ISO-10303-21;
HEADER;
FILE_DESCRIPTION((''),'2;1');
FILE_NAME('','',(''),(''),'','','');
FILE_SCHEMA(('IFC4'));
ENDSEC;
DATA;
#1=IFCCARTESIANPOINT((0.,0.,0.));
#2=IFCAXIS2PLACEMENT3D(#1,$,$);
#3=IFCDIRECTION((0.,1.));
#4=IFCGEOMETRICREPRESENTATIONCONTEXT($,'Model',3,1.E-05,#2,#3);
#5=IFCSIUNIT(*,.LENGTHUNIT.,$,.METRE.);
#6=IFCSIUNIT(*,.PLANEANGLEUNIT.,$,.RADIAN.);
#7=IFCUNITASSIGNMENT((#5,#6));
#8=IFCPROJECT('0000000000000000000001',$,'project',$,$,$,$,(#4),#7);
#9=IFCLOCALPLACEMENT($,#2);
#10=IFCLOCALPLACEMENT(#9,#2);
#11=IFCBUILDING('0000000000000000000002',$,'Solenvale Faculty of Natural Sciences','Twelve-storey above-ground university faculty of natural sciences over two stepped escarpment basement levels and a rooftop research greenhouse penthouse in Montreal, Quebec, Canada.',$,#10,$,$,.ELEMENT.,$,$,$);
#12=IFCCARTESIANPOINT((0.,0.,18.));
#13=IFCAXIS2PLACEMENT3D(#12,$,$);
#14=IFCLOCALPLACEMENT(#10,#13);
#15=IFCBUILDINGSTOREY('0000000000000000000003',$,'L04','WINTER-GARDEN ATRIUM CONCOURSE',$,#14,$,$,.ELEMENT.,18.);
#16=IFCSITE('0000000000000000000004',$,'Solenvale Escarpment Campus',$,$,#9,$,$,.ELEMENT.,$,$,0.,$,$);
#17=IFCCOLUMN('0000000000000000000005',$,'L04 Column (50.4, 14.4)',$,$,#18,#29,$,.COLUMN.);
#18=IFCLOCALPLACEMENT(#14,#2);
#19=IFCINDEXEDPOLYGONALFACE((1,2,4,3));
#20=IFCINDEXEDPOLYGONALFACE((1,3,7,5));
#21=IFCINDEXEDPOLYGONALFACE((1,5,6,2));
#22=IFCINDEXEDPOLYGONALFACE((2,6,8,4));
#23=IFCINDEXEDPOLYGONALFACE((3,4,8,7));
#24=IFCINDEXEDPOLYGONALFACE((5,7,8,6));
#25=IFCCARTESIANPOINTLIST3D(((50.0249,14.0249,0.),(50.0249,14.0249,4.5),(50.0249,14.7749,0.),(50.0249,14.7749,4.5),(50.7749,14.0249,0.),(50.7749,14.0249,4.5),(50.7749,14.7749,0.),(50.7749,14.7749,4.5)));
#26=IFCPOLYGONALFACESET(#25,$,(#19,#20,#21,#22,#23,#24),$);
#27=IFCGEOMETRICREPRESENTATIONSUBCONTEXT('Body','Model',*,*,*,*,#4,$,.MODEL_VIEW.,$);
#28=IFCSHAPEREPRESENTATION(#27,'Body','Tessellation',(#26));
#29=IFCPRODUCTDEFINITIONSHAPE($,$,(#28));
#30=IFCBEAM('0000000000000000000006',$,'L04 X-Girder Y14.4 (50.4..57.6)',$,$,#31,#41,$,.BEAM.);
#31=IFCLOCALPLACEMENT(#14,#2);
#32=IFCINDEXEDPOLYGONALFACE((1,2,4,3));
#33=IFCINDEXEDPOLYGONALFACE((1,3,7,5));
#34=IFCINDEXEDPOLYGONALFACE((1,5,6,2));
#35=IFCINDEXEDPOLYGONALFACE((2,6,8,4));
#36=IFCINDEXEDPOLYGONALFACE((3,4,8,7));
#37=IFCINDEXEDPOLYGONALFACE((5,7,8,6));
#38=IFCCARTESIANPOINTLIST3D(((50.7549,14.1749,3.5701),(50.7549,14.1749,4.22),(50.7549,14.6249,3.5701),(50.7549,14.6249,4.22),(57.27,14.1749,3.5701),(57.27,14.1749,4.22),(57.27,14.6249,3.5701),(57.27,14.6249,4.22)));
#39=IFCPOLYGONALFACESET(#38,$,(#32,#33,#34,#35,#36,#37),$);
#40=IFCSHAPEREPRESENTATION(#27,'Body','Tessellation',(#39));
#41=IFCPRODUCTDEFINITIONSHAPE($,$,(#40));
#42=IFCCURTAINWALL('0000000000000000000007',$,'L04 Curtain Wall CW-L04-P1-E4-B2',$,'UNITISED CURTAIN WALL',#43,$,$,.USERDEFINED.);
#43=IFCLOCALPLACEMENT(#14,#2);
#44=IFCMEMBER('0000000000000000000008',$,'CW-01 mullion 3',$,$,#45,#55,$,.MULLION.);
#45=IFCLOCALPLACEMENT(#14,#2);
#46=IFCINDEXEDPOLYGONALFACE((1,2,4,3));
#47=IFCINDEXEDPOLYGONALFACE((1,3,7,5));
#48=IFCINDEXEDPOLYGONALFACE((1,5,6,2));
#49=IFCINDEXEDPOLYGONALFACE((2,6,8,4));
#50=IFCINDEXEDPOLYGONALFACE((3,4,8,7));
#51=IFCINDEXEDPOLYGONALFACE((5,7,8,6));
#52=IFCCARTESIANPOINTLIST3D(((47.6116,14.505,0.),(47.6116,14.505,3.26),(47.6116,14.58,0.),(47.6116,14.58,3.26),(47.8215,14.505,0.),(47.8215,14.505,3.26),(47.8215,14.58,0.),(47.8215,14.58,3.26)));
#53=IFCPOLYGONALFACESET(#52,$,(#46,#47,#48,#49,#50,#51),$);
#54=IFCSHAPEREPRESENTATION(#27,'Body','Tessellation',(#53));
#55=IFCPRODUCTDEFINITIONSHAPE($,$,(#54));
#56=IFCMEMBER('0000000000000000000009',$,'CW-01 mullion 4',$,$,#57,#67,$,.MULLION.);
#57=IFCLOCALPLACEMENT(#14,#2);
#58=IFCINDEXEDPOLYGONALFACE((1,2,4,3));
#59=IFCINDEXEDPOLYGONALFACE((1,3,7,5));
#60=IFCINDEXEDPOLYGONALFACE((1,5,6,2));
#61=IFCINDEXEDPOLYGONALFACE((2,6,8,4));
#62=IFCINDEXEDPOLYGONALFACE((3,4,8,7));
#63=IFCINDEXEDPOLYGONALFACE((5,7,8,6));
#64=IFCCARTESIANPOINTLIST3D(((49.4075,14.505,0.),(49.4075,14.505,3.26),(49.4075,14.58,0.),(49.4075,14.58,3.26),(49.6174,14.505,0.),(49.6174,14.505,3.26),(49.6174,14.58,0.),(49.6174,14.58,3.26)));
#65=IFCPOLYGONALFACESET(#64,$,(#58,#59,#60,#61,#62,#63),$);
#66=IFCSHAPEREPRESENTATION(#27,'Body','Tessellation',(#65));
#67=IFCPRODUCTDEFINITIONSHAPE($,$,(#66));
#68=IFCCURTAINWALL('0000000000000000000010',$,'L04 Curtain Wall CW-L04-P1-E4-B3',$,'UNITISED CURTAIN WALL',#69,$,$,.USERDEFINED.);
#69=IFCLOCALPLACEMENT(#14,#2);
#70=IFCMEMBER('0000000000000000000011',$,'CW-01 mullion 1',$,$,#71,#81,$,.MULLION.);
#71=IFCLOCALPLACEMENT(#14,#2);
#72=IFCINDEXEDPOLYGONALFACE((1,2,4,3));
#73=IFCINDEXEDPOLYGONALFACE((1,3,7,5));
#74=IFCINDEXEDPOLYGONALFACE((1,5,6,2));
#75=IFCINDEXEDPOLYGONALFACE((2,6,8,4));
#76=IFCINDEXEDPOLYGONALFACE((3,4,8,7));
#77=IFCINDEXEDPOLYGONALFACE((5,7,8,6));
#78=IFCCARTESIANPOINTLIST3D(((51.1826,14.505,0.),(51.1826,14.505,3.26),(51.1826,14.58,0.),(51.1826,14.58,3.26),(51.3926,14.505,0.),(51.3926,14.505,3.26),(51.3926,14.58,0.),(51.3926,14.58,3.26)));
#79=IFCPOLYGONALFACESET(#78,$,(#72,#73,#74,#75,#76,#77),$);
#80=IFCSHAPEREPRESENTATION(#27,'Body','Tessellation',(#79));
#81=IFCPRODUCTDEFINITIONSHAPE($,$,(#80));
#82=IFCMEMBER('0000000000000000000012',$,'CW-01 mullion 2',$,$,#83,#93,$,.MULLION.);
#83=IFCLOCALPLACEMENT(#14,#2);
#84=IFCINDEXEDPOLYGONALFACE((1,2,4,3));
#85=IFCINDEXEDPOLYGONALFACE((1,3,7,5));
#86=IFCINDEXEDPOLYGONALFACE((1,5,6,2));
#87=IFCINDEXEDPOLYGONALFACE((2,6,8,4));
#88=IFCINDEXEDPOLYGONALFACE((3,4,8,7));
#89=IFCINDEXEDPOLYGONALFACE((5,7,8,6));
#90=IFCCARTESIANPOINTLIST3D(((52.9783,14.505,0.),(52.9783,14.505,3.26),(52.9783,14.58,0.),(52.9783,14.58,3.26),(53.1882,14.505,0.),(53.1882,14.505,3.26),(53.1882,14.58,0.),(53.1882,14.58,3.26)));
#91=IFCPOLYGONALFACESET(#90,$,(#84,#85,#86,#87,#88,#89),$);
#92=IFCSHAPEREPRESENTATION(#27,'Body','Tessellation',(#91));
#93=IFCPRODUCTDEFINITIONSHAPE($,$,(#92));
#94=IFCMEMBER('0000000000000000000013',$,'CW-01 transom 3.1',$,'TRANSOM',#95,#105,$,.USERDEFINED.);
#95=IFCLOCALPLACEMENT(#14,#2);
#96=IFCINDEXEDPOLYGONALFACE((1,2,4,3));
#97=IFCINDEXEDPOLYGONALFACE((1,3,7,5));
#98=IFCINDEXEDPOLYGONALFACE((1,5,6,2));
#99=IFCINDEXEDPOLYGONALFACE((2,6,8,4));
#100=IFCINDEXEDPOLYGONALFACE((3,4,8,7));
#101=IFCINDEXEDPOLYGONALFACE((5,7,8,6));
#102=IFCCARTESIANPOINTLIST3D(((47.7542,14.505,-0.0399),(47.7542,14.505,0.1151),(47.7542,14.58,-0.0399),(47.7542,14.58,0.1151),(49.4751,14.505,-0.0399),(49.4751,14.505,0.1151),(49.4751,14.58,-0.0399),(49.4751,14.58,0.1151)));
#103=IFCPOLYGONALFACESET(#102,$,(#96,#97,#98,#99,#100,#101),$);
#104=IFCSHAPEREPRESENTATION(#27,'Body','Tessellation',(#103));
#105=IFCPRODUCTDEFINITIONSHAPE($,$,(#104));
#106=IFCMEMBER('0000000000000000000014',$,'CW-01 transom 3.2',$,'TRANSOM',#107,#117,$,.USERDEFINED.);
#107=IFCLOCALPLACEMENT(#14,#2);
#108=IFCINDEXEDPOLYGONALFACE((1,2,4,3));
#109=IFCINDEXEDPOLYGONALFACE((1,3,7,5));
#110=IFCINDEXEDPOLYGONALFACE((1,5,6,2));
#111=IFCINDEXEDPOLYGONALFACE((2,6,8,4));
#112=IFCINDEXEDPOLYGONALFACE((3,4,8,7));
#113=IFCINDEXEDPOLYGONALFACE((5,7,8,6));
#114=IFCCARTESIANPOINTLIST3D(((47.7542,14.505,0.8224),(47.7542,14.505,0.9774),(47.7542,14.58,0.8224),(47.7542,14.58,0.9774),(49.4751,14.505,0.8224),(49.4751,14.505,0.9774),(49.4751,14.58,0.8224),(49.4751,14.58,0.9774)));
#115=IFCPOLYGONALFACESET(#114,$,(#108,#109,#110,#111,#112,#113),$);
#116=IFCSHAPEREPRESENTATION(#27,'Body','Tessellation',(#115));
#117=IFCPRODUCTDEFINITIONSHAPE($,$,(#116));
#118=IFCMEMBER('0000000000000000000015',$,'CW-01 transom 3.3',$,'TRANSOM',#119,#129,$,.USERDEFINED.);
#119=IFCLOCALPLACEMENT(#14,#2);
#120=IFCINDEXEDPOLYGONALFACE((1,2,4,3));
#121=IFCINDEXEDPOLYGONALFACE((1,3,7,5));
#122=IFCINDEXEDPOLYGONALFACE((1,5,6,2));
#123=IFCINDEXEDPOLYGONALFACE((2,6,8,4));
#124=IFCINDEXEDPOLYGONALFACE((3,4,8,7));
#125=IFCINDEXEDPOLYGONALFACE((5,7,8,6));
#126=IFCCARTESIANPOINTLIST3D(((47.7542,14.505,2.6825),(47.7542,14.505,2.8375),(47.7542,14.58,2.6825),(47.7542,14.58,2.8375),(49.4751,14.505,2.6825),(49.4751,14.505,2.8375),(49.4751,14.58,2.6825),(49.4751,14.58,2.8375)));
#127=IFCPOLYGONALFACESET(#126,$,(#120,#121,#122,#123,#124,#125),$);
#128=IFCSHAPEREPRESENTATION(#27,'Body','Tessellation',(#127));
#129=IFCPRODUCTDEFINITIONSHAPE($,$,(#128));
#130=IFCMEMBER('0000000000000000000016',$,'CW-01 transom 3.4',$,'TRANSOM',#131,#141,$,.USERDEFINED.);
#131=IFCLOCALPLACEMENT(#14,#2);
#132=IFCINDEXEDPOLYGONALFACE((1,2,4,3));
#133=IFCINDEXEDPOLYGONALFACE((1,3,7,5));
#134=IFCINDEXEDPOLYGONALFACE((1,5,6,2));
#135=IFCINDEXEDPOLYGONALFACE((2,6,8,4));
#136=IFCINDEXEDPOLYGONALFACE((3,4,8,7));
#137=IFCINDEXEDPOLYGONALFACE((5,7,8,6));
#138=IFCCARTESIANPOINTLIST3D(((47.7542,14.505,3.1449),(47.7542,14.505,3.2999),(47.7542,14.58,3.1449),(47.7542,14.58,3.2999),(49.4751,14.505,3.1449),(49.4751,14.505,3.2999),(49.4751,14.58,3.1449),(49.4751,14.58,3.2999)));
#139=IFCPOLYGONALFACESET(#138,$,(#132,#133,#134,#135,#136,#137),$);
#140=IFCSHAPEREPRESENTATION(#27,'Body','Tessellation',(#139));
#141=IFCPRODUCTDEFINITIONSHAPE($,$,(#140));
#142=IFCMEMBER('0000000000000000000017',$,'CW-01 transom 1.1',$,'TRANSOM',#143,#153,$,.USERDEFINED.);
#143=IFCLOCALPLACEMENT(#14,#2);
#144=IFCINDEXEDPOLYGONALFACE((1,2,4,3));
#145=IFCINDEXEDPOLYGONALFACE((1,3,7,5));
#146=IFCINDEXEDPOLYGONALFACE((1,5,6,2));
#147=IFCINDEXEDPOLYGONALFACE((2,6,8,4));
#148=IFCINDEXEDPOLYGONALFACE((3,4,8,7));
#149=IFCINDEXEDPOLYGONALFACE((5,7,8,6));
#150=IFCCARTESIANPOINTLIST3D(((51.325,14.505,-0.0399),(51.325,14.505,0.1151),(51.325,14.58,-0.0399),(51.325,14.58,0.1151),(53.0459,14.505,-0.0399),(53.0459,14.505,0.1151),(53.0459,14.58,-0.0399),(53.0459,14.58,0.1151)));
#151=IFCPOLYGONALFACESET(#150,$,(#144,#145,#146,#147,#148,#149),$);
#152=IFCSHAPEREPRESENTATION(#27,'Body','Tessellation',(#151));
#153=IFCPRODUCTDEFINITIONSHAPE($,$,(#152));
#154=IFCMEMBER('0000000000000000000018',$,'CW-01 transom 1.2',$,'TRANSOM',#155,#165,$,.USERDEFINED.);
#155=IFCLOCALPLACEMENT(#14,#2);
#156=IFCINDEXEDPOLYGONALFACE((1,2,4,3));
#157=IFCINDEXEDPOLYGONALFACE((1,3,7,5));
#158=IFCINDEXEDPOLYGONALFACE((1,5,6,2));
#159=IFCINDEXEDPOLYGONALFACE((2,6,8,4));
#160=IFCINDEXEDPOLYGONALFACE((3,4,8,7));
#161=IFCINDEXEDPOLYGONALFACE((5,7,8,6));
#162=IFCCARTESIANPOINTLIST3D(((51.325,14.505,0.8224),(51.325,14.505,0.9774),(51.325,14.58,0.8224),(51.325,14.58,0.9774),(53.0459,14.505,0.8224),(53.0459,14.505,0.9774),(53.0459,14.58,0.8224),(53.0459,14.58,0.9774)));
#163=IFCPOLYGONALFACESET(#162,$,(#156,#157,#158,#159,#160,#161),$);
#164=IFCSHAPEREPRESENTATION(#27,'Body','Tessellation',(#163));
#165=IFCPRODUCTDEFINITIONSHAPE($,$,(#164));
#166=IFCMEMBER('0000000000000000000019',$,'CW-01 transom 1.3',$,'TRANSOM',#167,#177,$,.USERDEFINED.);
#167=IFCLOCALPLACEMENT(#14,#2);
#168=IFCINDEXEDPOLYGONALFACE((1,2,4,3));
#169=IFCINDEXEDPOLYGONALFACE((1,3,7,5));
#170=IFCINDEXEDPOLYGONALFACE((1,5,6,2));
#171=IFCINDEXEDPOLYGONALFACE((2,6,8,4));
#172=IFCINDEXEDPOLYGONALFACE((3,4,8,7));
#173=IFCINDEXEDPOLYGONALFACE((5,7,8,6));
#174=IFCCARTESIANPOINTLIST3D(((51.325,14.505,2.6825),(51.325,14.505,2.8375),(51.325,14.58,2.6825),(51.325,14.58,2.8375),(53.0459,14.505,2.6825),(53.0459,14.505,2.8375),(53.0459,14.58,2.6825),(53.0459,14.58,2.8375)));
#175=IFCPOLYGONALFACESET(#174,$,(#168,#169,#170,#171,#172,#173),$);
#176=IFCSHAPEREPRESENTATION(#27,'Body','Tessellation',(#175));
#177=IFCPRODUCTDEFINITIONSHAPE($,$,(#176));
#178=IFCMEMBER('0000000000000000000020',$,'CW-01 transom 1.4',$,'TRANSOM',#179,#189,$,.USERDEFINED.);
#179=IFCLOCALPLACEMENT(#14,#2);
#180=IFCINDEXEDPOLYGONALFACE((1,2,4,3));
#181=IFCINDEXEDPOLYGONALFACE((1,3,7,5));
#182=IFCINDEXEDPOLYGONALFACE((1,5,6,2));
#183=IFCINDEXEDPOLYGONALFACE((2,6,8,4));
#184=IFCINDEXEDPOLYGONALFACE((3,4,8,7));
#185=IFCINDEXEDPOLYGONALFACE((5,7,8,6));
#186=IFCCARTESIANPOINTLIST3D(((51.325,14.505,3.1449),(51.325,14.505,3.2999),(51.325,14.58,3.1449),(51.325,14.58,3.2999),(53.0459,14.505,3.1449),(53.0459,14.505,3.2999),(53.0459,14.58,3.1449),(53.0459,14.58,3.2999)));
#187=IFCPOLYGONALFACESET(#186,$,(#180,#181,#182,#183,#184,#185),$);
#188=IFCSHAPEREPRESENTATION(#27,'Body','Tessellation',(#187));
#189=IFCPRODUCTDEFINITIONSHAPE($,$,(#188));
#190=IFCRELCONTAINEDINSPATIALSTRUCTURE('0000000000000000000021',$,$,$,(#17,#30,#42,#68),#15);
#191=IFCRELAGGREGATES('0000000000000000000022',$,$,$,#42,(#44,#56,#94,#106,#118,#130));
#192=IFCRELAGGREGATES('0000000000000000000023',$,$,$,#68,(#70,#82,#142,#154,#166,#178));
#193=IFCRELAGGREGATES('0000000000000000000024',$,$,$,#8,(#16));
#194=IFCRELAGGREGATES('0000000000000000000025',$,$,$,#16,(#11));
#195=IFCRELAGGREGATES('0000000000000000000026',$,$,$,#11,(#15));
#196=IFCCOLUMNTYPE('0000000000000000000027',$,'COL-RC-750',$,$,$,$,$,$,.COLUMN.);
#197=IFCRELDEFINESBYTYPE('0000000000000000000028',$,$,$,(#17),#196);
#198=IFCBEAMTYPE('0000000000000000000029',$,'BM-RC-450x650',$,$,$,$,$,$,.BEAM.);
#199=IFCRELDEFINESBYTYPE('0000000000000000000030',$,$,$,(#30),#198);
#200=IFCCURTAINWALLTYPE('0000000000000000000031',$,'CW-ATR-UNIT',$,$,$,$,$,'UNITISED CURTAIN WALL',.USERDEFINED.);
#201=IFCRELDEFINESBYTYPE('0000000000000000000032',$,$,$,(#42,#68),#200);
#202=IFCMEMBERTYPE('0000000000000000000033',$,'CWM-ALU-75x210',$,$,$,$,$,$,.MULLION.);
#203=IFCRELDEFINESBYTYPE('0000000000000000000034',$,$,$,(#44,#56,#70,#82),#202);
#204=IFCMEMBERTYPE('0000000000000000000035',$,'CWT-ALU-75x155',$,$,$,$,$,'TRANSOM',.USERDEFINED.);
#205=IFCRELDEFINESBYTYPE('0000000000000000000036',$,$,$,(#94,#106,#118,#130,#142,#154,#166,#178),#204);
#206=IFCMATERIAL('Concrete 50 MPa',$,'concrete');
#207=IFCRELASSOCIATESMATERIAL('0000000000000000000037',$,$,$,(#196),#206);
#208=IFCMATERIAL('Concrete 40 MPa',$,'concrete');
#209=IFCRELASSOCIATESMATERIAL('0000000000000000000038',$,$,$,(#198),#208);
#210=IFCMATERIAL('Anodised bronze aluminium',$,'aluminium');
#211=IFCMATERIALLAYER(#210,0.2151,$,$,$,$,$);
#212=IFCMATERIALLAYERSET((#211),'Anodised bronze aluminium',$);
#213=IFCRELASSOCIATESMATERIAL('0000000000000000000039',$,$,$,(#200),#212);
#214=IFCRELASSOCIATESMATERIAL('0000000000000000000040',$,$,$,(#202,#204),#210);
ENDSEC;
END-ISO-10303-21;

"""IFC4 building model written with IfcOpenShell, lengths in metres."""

from ifc_helpers import new_model, si_unit, direction, frame, origin, origin_2d, place, context, subcontext, project, spatial, rectangle, extrude, material, layer, layer_set, material_profile, profile_set, type_object, element, aggregate, save


model = new_model("IFC4")

# Units and contexts
model_context = context("Model", 3, precision=1e-05, world=origin(), true_north=direction((0.0, 1.0)))
body_context = subcontext(model_context, "Body", "Model", "MODEL_VIEW")
ifc_project = project(units=[si_unit("LENGTHUNIT", "METRE"), si_unit("PLANEANGLEUNIT", "RADIAN")], contexts=[model_context])

# Site, building, storey
site_placement = place(None, origin())
site = spatial("IfcSite", under=ifc_project, at=site_placement, Name="Solenvale Escarpment Campus", CompositionType="ELEMENT", RefElevation=0.0)
building_placement = place(site_placement, origin())
building = spatial("IfcBuilding", under=site, at=building_placement, Name="Solenvale Faculty of Natural Sciences", Description="Twelve-storey above-ground university faculty of natural sciences over two stepped escarpment basement levels and a rooftop research greenhouse penthouse in Montreal, Quebec, Canada.", CompositionType="ELEMENT")
storey_placement = place(building_placement, frame((0.0, 0.0, 18.0)))
storey = spatial("IfcBuildingStorey", under=building, at=storey_placement, Name="L04", Description="WINTER-GARDEN ATRIUM CONCOURSE", CompositionType="ELEMENT", Elevation=18.0)

# Column
ifc_material_1 = material(Name="Concrete 50 MPa", Category="concrete")
ifc_material_profile_1 = material_profile(ifc_material_1, rectangle(XDim=0.75, YDim=0.75, at=origin_2d()), Name="RC-COL-750x750")
ifc_profile_set_1 = profile_set([ifc_material_profile_1], Name="Concrete 50 MPa")
column_type = type_object("IfcColumnType", Name="COL-RC-750", PredefinedType="COLUMN", material=ifc_profile_set_1)
column_placement = place(storey_placement, frame((50.3999, 14.3999, 0.0), z_axis=(0.0, 0.0, 1.0), x_axis=(1.0, 0.0, 0.0)))
element("IfcColumn", 1, at=column_placement, inside=storey, type_object=column_type, Name="L04 Column (50.4, 14.4)", PredefinedType="COLUMN", context=body_context, shape_type="SweptSolid", body=[
    extrude(rectangle(XDim=0.75, YDim=0.75, at=origin_2d()), origin(), (0.0, 0.0, 1.0), 4.5),
])

# Beam
ifc_material_2 = material(Name="Concrete 40 MPa", Category="concrete")
ifc_material_profile_2 = material_profile(ifc_material_2, rectangle(XDim=0.45, YDim=0.6499, at=origin_2d()), Name="RC-BM-450x650")
ifc_profile_set_2 = profile_set([ifc_material_profile_2], Name="Concrete 40 MPa")
beam_type = type_object("IfcBeamType", Name="BM-RC-450x650", PredefinedType="BEAM", material=ifc_profile_set_2)
beam_placement = place(storey_placement, frame((50.7549, 14.3999, 3.895), z_axis=(1.0, 0.0, 0.0), x_axis=(0.0, 1.0, 0.0)))
element("IfcBeam", 2, at=beam_placement, inside=storey, type_object=beam_type, Name="L04 X-Girder Y14.4 (50.4..57.6)", PredefinedType="BEAM", context=body_context, shape_type="SweptSolid", body=[
    extrude(rectangle(XDim=0.45, YDim=0.6499, at=origin_2d()), origin(), (0.0, 0.0, 1.0), 6.5151),
])

# Curtain walls, members
ifc_material_3 = material(Name="Anodised bronze aluminium", Category="aluminium")
ifc_layer_1 = layer(ifc_material_3, 0.2151)
ifc_layer_set_1 = layer_set([ifc_layer_1], Name="Anodised bronze aluminium")
curtain_wall_type = type_object("IfcCurtainWallType", Name="CW-ATR-UNIT", ElementType="UNITISED CURTAIN WALL", PredefinedType="USERDEFINED", material=ifc_layer_set_1)
curtain_wall_1_placement = place(storey_placement, origin())
curtain_wall_1 = element("IfcCurtainWall", 3, at=curtain_wall_1_placement, inside=storey, type_object=curtain_wall_type, Name="L04 Curtain Wall CW-L04-P1-E4-B2", ObjectType="UNITISED CURTAIN WALL", PredefinedType="USERDEFINED")
ifc_material_profile_3 = material_profile(ifc_material_3, rectangle(XDim=0.075, YDim=0.21, at=origin_2d()), Name="ALU-MUL-75x210")
ifc_profile_set_3 = profile_set([ifc_material_profile_3], Name="Anodised bronze aluminium")
member_type_1 = type_object("IfcMemberType", Name="CWM-ALU-75x210", PredefinedType="MULLION", material=ifc_profile_set_3)
member_1_placement = place(storey_placement, frame((47.7166, 14.5425, 0.0), z_axis=(0.0, 0.0, 1.0), x_axis=(0.0, 1.0, 0.0)))
member_1 = element("IfcMember", 4, at=member_1_placement, type_object=member_type_1, Name="CW-01 mullion 3", PredefinedType="MULLION", context=body_context, shape_type="SweptSolid", body=[
    extrude(rectangle(XDim=0.075, YDim=0.21, at=origin_2d()), origin(), (0.0, 0.0, 1.0), 3.26),
])
member_2_placement = place(storey_placement, frame((49.5125, 14.5425, 0.0), z_axis=(0.0, 0.0, 1.0), x_axis=(0.0, 1.0, 0.0)))
member_2 = element("IfcMember", 5, at=member_2_placement, type_object=member_type_1, Name="CW-01 mullion 4", PredefinedType="MULLION", context=body_context, shape_type="SweptSolid", body=[
    extrude(rectangle(XDim=0.075, YDim=0.21, at=origin_2d()), origin(), (0.0, 0.0, 1.0), 3.26),
])
curtain_wall_2_placement = place(storey_placement, origin())
curtain_wall_2 = element("IfcCurtainWall", 6, at=curtain_wall_2_placement, inside=storey, type_object=curtain_wall_type, Name="L04 Curtain Wall CW-L04-P1-E4-B3", ObjectType="UNITISED CURTAIN WALL", PredefinedType="USERDEFINED")
member_3_placement = place(storey_placement, frame((51.2876, 14.5425, 0.0), z_axis=(0.0, 0.0, 1.0), x_axis=(0.0, 1.0, 0.0)))
member_3 = element("IfcMember", 7, at=member_3_placement, type_object=member_type_1, Name="CW-01 mullion 1", PredefinedType="MULLION", context=body_context, shape_type="SweptSolid", body=[
    extrude(rectangle(XDim=0.075, YDim=0.21, at=origin_2d()), origin(), (0.0, 0.0, 1.0), 3.26),
])
member_4_placement = place(storey_placement, frame((53.0833, 14.5425, 0.0), z_axis=(0.0, 0.0, 1.0), x_axis=(0.0, 1.0, 0.0)))
member_4 = element("IfcMember", 8, at=member_4_placement, type_object=member_type_1, Name="CW-01 mullion 2", PredefinedType="MULLION", context=body_context, shape_type="SweptSolid", body=[
    extrude(rectangle(XDim=0.075, YDim=0.21, at=origin_2d()), origin(), (0.0, 0.0, 1.0), 3.26),
])

# Members
ifc_material_profile_4 = material_profile(ifc_material_3, rectangle(XDim=0.075, YDim=0.155, at=origin_2d()), Name="ALU-TRN-75x155")
ifc_profile_set_4 = profile_set([ifc_material_profile_4], Name="Anodised bronze aluminium")
member_type_2 = type_object("IfcMemberType", Name="CWT-ALU-75x155", ElementType="TRANSOM", PredefinedType="USERDEFINED", material=ifc_profile_set_4)
member_5_placement = place(storey_placement, frame((47.7542, 14.5425, 0.0376), z_axis=(1.0, 0.0, 0.0), x_axis=(0.0, 1.0, 0.0)))
member_5 = element("IfcMember", 9, at=member_5_placement, type_object=member_type_2, Name="CW-01 transom 3.1", ObjectType="TRANSOM", PredefinedType="USERDEFINED", context=body_context, shape_type="SweptSolid", body=[
    extrude(rectangle(XDim=0.075, YDim=0.155, at=origin_2d()), origin(), (0.0, 0.0, 1.0), 1.7209),
])
member_6_placement = place(storey_placement, frame((47.7542, 14.5425, 0.8999), z_axis=(1.0, 0.0, 0.0), x_axis=(0.0, 1.0, 0.0)))
member_6 = element("IfcMember", 10, at=member_6_placement, type_object=member_type_2, Name="CW-01 transom 3.2", ObjectType="TRANSOM", PredefinedType="USERDEFINED", context=body_context, shape_type="SweptSolid", body=[
    extrude(rectangle(XDim=0.075, YDim=0.155, at=origin_2d()), origin(), (0.0, 0.0, 1.0), 1.7209),
])
member_7_placement = place(storey_placement, frame((47.7542, 14.5425, 2.76), z_axis=(1.0, 0.0, 0.0), x_axis=(0.0, 1.0, 0.0)))
member_7 = element("IfcMember", 11, at=member_7_placement, type_object=member_type_2, Name="CW-01 transom 3.3", ObjectType="TRANSOM", PredefinedType="USERDEFINED", context=body_context, shape_type="SweptSolid", body=[
    extrude(rectangle(XDim=0.075, YDim=0.155, at=origin_2d()), origin(), (0.0, 0.0, 1.0), 1.7209),
])
member_8_placement = place(storey_placement, frame((47.7542, 14.5425, 3.2224), z_axis=(1.0, 0.0, 0.0), x_axis=(0.0, 1.0, 0.0)))
member_8 = element("IfcMember", 12, at=member_8_placement, type_object=member_type_2, Name="CW-01 transom 3.4", ObjectType="TRANSOM", PredefinedType="USERDEFINED", context=body_context, shape_type="SweptSolid", body=[
    extrude(rectangle(XDim=0.075, YDim=0.155, at=origin_2d()), origin(), (0.0, 0.0, 1.0), 1.7209),
])
member_9_placement = place(storey_placement, frame((51.325, 14.5425, 0.0376), z_axis=(1.0, 0.0, 0.0), x_axis=(0.0, 1.0, 0.0)))
member_9 = element("IfcMember", 13, at=member_9_placement, type_object=member_type_2, Name="CW-01 transom 1.1", ObjectType="TRANSOM", PredefinedType="USERDEFINED", context=body_context, shape_type="SweptSolid", body=[
    extrude(rectangle(XDim=0.075, YDim=0.155, at=origin_2d()), origin(), (0.0, 0.0, 1.0), 1.7209),
])
member_10_placement = place(storey_placement, frame((51.325, 14.5425, 0.8999), z_axis=(1.0, 0.0, 0.0), x_axis=(0.0, 1.0, 0.0)))
member_10 = element("IfcMember", 14, at=member_10_placement, type_object=member_type_2, Name="CW-01 transom 1.2", ObjectType="TRANSOM", PredefinedType="USERDEFINED", context=body_context, shape_type="SweptSolid", body=[
    extrude(rectangle(XDim=0.075, YDim=0.155, at=origin_2d()), origin(), (0.0, 0.0, 1.0), 1.7209),
])
member_11_placement = place(storey_placement, frame((51.325, 14.5425, 2.76), z_axis=(1.0, 0.0, 0.0), x_axis=(0.0, 1.0, 0.0)))
member_11 = element("IfcMember", 15, at=member_11_placement, type_object=member_type_2, Name="CW-01 transom 1.3", ObjectType="TRANSOM", PredefinedType="USERDEFINED", context=body_context, shape_type="SweptSolid", body=[
    extrude(rectangle(XDim=0.075, YDim=0.155, at=origin_2d()), origin(), (0.0, 0.0, 1.0), 1.7209),
])
member_12_placement = place(storey_placement, frame((51.325, 14.5425, 3.2224), z_axis=(1.0, 0.0, 0.0), x_axis=(0.0, 1.0, 0.0)))
member_12 = element("IfcMember", 16, at=member_12_placement, type_object=member_type_2, Name="CW-01 transom 1.4", ObjectType="TRANSOM", PredefinedType="USERDEFINED", context=body_context, shape_type="SweptSolid", body=[
    extrude(rectangle(XDim=0.075, YDim=0.155, at=origin_2d()), origin(), (0.0, 0.0, 1.0), 1.7209),
])

aggregate(curtain_wall_1, [member_1, member_2, member_5, member_6, member_7, member_8])
aggregate(curtain_wall_2, [member_3, member_4, member_9, member_10, member_11, member_12])

save(model, "model.ifc")
